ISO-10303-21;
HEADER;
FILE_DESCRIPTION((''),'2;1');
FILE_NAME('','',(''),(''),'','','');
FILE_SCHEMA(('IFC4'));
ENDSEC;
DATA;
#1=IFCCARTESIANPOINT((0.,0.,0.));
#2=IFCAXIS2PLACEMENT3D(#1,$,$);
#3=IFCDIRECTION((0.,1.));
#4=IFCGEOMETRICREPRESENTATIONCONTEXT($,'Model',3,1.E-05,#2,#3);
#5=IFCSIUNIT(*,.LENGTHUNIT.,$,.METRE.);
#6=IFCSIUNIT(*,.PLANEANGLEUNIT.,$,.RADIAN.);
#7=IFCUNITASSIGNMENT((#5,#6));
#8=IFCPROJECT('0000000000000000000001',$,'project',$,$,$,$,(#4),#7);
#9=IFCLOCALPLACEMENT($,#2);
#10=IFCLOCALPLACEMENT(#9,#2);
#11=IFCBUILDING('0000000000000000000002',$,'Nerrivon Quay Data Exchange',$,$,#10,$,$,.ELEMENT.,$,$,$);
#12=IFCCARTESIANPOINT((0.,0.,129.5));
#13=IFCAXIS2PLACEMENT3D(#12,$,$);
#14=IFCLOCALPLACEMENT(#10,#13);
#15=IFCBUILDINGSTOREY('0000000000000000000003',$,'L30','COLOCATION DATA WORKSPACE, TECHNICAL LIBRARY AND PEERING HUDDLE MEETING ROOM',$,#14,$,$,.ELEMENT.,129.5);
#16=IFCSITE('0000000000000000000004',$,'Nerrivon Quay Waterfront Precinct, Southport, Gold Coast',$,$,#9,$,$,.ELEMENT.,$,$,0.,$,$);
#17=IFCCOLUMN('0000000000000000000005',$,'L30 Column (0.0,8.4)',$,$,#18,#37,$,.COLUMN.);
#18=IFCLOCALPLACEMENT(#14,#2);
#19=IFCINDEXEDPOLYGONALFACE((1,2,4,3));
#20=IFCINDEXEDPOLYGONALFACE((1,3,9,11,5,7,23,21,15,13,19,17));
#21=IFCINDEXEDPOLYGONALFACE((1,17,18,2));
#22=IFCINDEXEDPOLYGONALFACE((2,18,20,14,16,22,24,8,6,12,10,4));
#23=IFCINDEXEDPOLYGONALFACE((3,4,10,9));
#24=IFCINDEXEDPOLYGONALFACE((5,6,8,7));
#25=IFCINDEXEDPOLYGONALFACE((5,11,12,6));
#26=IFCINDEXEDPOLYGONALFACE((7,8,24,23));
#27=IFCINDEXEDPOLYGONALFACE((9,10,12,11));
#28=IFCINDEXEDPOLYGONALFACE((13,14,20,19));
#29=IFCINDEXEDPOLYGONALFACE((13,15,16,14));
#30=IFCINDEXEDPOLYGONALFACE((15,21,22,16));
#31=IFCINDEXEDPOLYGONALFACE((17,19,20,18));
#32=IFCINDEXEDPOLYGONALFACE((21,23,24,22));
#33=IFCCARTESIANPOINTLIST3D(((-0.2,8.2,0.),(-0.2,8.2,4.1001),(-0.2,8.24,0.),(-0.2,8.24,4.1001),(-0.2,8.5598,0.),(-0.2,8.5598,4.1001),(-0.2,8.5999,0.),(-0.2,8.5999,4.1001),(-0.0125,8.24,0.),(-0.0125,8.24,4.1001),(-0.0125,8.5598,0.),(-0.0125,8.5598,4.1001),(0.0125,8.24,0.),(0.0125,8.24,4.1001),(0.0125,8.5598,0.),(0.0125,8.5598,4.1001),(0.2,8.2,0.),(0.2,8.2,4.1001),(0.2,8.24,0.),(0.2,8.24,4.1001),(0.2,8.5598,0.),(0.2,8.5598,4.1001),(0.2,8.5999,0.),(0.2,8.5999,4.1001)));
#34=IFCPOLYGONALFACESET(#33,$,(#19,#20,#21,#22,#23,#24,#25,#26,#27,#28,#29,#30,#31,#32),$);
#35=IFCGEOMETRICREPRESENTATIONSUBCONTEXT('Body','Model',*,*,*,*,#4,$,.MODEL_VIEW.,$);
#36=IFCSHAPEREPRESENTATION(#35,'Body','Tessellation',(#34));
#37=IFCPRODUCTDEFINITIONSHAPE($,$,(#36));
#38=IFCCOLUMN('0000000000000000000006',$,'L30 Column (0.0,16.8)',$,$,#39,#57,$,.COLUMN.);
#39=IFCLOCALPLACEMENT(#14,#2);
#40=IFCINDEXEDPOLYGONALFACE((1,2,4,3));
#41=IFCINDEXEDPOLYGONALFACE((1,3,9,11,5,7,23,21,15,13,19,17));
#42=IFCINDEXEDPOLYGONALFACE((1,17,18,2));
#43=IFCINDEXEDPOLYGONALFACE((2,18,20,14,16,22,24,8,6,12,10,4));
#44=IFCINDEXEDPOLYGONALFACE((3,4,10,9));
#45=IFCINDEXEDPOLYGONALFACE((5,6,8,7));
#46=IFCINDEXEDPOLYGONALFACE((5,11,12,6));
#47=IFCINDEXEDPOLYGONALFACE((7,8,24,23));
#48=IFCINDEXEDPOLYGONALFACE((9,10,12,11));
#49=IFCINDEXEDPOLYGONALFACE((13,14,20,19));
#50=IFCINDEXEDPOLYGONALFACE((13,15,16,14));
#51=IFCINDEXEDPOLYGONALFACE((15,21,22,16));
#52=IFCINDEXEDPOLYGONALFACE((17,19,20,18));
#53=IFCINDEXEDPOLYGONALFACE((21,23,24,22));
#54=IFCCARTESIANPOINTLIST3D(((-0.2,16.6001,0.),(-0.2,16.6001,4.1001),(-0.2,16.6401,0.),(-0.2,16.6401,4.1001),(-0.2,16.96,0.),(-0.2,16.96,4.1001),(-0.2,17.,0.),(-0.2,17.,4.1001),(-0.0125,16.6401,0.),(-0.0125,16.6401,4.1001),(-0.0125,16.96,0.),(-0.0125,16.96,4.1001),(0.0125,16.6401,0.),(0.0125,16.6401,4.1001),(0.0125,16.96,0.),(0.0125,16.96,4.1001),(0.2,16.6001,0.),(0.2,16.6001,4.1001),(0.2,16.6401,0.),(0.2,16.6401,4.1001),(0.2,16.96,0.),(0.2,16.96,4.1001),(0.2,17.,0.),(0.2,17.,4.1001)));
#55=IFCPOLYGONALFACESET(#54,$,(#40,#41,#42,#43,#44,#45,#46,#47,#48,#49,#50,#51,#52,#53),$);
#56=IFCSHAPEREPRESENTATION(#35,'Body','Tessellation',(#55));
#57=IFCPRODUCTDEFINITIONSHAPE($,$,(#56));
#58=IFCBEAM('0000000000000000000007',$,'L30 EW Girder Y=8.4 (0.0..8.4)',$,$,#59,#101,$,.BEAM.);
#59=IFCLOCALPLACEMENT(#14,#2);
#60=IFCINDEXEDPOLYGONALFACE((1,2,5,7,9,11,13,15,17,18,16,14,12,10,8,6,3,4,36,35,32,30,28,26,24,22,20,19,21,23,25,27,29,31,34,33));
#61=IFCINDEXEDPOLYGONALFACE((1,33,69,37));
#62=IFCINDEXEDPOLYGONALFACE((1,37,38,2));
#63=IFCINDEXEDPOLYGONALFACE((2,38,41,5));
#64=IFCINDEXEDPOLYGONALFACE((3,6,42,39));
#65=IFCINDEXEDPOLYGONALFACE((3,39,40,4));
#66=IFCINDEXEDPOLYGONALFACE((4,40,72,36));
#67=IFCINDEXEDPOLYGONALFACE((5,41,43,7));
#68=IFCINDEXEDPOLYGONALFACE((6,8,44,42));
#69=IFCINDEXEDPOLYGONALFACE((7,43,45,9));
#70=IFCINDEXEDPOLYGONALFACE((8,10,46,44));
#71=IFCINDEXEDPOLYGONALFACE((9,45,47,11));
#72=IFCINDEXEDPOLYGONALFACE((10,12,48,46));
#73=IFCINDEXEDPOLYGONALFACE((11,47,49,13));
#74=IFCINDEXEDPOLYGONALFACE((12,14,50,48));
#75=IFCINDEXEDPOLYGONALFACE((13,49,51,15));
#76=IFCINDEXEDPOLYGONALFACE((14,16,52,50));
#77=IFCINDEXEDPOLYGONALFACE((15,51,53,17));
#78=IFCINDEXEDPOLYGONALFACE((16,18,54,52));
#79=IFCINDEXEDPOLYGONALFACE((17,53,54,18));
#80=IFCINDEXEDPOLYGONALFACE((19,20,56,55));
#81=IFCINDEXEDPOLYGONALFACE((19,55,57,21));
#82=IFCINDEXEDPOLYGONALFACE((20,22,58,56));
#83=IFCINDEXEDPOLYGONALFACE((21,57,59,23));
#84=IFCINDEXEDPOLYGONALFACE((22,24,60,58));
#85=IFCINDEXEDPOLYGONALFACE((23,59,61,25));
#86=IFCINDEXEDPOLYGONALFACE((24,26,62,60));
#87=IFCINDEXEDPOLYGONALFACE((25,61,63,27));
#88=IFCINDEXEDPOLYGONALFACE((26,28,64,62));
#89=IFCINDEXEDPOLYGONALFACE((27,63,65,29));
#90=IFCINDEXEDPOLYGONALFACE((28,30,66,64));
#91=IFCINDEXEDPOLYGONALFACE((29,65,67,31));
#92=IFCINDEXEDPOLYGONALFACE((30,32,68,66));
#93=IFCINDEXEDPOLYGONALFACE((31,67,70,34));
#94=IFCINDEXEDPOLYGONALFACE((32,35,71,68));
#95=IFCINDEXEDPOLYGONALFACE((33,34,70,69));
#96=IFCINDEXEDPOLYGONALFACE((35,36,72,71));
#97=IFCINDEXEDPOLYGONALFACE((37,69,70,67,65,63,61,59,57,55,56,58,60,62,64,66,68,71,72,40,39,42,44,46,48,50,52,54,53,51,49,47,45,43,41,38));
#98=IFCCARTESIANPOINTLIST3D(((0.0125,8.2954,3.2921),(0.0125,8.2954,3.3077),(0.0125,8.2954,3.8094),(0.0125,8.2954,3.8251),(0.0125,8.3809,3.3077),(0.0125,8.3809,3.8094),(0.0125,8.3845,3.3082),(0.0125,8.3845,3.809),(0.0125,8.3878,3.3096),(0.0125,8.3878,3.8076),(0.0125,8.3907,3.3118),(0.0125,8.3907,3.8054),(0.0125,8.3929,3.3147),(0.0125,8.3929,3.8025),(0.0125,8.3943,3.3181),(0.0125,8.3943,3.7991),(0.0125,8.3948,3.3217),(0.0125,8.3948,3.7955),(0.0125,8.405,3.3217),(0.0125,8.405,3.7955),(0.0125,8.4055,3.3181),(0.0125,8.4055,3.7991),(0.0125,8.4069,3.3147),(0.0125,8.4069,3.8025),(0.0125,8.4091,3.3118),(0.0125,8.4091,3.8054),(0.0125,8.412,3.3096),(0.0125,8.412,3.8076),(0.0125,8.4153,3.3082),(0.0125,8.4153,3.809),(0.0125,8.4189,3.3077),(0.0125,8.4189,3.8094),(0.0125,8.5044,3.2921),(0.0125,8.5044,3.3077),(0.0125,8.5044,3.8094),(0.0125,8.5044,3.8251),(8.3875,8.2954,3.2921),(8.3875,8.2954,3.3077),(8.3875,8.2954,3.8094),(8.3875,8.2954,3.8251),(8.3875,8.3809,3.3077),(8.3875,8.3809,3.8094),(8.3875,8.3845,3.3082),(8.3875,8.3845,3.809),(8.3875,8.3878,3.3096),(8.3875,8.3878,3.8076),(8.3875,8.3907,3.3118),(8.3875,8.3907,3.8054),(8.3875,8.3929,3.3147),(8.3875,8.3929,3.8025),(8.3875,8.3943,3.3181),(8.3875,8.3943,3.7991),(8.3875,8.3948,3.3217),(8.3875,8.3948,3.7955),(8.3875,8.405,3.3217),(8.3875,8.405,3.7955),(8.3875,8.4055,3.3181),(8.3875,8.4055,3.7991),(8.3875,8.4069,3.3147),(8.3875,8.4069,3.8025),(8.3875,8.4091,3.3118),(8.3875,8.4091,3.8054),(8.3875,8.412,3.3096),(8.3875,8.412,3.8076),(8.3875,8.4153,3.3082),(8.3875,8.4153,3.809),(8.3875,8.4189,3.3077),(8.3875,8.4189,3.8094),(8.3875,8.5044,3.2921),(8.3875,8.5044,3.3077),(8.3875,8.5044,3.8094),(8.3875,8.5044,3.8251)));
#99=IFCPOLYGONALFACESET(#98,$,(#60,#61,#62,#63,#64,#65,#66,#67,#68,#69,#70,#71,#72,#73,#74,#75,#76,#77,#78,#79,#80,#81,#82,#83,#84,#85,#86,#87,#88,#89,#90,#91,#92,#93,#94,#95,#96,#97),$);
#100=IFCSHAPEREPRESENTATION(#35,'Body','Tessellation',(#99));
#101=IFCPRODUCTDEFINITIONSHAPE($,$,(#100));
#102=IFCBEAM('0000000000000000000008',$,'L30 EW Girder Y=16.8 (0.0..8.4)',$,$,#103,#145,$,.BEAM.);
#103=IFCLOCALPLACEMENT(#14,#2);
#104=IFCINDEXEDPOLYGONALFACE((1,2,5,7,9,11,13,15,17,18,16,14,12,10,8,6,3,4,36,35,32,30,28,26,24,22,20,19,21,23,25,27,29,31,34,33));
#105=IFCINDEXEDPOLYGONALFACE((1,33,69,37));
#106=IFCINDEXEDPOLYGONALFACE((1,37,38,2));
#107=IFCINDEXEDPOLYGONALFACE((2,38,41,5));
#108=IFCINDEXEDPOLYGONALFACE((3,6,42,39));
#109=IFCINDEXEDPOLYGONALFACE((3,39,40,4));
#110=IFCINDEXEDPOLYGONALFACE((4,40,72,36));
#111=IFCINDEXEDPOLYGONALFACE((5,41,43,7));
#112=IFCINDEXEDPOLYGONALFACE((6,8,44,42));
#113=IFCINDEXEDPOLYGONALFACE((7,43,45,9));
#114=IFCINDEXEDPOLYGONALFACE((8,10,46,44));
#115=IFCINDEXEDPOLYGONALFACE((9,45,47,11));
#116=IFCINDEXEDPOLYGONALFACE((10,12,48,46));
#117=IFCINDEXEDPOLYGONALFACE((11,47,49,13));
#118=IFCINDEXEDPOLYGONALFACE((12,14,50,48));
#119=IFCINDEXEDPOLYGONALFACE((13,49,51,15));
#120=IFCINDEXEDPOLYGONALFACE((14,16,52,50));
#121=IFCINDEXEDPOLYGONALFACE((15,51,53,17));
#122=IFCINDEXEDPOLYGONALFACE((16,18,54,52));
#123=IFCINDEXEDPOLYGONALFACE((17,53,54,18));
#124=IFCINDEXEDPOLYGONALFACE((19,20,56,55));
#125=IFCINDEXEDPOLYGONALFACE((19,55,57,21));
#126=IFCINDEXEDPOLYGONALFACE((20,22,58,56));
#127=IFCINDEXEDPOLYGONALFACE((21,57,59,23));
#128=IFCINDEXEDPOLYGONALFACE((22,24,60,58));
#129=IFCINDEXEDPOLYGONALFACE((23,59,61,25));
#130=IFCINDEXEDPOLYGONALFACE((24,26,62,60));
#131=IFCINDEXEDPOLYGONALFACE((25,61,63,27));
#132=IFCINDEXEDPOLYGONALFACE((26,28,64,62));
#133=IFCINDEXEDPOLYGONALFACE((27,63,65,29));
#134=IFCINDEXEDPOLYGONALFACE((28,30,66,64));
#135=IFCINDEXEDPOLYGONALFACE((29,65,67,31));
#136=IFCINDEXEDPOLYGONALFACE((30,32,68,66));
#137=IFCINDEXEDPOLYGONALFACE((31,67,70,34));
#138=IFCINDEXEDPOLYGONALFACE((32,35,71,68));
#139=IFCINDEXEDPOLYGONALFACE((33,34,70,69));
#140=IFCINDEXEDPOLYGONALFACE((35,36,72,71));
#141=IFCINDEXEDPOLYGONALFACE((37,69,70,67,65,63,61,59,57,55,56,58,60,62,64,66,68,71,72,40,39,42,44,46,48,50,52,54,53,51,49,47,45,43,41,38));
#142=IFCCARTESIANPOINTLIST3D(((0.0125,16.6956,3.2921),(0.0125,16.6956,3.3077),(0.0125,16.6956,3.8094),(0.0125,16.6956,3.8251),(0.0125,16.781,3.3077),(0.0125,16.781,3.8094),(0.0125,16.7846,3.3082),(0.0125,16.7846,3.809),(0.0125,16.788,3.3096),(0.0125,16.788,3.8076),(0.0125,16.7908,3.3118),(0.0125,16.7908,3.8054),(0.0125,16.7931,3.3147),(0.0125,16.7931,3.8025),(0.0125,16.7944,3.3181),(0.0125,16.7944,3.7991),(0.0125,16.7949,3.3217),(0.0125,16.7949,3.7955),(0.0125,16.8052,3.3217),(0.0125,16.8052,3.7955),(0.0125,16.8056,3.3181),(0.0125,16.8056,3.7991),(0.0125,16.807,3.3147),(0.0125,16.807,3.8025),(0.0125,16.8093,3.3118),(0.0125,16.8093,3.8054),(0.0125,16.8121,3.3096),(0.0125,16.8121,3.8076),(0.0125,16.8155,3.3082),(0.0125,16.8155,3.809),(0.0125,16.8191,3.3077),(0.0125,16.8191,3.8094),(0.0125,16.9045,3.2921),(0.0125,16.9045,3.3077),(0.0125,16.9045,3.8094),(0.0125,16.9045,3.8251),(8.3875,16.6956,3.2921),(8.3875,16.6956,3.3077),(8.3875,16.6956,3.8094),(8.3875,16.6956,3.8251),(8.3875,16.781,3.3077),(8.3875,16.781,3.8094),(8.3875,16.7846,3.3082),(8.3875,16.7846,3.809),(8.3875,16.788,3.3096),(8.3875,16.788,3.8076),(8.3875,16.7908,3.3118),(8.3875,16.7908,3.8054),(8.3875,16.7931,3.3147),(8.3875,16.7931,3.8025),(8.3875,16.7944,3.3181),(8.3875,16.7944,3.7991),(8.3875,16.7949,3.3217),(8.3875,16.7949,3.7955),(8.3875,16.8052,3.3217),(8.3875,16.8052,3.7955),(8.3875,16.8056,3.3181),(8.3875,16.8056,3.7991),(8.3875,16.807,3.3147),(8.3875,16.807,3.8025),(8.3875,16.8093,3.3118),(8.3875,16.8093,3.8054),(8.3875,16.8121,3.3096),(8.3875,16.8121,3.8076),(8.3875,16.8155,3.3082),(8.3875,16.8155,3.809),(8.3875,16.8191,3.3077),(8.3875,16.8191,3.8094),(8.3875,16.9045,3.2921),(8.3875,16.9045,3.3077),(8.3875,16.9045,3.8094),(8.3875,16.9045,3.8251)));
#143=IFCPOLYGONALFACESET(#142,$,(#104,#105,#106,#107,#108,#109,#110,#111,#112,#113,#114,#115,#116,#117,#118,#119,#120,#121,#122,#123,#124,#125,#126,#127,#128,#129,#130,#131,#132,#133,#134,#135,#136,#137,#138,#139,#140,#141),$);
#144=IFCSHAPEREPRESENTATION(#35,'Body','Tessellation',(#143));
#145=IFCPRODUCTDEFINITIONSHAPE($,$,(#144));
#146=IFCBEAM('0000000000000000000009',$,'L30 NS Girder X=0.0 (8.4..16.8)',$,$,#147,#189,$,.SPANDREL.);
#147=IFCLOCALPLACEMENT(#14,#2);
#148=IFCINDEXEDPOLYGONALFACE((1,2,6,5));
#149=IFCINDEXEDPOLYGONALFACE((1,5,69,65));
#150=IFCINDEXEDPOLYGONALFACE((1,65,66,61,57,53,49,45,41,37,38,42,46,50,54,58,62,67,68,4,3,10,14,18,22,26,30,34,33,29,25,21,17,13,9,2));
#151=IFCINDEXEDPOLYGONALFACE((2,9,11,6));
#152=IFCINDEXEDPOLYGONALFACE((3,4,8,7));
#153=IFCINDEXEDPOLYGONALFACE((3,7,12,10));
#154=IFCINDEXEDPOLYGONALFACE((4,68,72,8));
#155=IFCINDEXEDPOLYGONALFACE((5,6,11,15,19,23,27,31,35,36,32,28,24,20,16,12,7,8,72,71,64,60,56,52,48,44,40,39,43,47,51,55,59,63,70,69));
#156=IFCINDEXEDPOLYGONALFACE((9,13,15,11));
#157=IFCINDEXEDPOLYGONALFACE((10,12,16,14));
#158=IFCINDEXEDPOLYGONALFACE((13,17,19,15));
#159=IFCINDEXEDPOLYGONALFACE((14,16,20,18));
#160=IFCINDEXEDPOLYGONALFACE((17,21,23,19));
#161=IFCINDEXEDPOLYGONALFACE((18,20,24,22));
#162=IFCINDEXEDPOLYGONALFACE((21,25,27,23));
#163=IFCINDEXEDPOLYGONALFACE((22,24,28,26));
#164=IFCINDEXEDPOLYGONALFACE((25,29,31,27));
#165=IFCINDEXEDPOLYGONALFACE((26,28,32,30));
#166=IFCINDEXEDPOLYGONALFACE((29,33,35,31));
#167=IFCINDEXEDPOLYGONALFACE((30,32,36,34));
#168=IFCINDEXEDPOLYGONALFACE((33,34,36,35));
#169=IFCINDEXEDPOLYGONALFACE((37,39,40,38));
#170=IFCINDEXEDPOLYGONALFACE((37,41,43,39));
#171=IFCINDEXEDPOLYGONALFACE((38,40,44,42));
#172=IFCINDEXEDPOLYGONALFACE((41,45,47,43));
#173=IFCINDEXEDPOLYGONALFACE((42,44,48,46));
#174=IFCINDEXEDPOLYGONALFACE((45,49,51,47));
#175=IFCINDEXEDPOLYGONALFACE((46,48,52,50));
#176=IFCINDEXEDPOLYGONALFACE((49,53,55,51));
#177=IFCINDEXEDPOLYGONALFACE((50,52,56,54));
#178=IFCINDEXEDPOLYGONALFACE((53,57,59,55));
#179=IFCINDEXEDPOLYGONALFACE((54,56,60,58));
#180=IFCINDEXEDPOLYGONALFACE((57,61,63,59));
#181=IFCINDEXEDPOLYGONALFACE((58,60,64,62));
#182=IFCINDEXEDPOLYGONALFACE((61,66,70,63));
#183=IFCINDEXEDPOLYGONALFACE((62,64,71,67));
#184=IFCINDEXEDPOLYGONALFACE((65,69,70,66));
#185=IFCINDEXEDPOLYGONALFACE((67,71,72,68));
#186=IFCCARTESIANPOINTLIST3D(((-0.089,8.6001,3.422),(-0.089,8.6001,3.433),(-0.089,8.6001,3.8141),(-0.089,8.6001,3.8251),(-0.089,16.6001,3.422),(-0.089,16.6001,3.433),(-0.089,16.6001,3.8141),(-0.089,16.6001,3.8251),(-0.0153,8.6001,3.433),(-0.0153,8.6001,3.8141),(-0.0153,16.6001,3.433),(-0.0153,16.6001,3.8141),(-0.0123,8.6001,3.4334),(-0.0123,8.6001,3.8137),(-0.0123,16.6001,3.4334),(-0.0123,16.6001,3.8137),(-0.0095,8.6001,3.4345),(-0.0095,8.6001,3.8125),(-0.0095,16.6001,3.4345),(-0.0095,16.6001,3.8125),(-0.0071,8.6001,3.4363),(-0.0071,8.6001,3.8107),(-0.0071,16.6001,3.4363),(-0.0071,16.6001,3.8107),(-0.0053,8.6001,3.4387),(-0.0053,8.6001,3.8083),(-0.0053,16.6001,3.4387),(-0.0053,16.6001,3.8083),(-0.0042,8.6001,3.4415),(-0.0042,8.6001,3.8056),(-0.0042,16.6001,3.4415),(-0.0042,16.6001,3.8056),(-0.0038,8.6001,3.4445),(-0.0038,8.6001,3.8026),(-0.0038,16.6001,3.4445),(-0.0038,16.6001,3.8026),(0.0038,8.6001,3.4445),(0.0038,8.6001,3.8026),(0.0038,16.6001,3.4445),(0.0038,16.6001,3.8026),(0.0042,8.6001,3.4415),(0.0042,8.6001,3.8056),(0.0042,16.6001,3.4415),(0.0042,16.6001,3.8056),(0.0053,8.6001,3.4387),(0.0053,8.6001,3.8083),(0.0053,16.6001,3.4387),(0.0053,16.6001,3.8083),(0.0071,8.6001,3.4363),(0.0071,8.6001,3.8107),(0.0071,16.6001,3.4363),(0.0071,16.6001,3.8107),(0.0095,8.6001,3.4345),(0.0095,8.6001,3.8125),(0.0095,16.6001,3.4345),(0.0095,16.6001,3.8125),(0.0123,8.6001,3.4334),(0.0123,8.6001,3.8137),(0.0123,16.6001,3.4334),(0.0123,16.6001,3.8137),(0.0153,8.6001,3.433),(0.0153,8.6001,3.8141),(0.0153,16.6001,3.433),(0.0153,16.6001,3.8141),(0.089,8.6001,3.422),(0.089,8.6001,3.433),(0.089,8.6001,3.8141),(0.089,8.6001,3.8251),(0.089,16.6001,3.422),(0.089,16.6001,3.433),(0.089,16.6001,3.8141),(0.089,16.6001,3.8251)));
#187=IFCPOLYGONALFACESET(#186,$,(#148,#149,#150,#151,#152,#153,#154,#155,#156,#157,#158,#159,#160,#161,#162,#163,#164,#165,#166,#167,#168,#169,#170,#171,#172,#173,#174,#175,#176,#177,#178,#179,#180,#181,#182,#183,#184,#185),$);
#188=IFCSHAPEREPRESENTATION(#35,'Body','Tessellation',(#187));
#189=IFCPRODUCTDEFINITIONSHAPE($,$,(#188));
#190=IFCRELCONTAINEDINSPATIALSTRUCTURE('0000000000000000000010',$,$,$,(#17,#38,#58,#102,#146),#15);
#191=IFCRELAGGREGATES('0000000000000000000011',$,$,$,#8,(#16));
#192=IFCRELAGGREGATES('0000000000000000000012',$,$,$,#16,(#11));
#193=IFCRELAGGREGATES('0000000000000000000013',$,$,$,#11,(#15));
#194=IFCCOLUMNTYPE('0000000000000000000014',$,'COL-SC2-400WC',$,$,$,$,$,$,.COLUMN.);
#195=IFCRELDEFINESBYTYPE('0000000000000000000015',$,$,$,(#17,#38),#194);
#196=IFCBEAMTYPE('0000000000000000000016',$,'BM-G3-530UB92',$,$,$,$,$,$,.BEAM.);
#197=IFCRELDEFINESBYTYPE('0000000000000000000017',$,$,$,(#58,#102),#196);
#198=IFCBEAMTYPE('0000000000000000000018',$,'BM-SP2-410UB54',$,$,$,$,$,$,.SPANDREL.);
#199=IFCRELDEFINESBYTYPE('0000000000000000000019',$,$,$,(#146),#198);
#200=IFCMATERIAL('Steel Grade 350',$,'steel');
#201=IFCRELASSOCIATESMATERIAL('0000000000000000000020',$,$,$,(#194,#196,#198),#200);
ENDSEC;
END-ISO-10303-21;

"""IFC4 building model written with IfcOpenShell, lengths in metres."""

from ifc_helpers import new_model, si_unit, direction, frame, origin, origin_2d, place, context, subcontext, project, spatial, i_section, extrude, material, material_profile, profile_set, type_object, element, save


model = new_model("IFC4")

# Units and contexts
model_context = context("Model", 3, precision=1e-05, world=origin(), true_north=direction((0.0, 1.0)))
body_context = subcontext(model_context, "Body", "Model", "MODEL_VIEW")
ifc_project = project(units=[si_unit("LENGTHUNIT", "METRE"), si_unit("PLANEANGLEUNIT", "RADIAN")], contexts=[model_context])

# Site, building, storey
site_placement = place(None, origin())
site = spatial("IfcSite", under=ifc_project, at=site_placement, Name="Nerrivon Quay Waterfront Precinct, Southport, Gold Coast", CompositionType="ELEMENT", RefElevation=0.0)
building_placement = place(site_placement, origin())
building = spatial("IfcBuilding", under=site, at=building_placement, Name="Nerrivon Quay Data Exchange", CompositionType="ELEMENT")
storey_placement = place(building_placement, frame((0.0, 0.0, 129.5)))
storey = spatial("IfcBuildingStorey", under=building, at=storey_placement, Name="L30", Description="COLOCATION DATA WORKSPACE, TECHNICAL LIBRARY AND PEERING HUDDLE MEETING ROOM", CompositionType="ELEMENT", Elevation=129.5)

# Columns
ifc_material_1 = material(Name="Steel Grade 350", Category="steel")
ifc_material_profile_1 = material_profile(ifc_material_1, i_section(OverallWidth=0.3999, OverallDepth=0.3999, WebThickness=0.0249, FlangeThickness=0.04, at=origin_2d()), Name="400WC328")
ifc_profile_set_1 = profile_set([ifc_material_profile_1], Name="Steel Grade 350")
column_type = type_object("IfcColumnType", Name="COL-SC2-400WC", PredefinedType="COLUMN", material=ifc_profile_set_1)
for number, where, z_axis, x_axis, name in (
    (1, (0.0, 8.3999, 0.0), (0.0, 0.0, 1.0), (1.0, 0.0, 0.0), "L30 Column (0.0,8.4)"),
    (2, (0.0, 16.8, 0.0), (0.0, 0.0, 1.0), (1.0, 0.0, 0.0), "L30 Column (0.0,16.8)"),
):
    element("IfcColumn", number, at=place(storey_placement, frame(where, z_axis=z_axis, x_axis=x_axis)), inside=storey, type_object=column_type, Name=name, PredefinedType="COLUMN", context=body_context, shape_type="SweptSolid", body=[
        extrude(i_section(OverallWidth=0.3999, OverallDepth=0.3999, WebThickness=0.0249, FlangeThickness=0.04, at=origin_2d()), origin(), (0.0, 0.0, 1.0), 4.1001),
    ])

# Beams
ifc_material_profile_2 = material_profile(ifc_material_1, i_section(OverallWidth=0.209, OverallDepth=0.533, WebThickness=0.0103, FlangeThickness=0.0156, FilletRadius=0.0139, at=origin_2d()), Name="530UB92.4")
ifc_profile_set_2 = profile_set([ifc_material_profile_2], Name="Steel Grade 350")
beam_type_1 = type_object("IfcBeamType", Name="BM-G3-530UB92", PredefinedType="BEAM", material=ifc_profile_set_2)
for number, where, z_axis, x_axis, name in (
    (3, (0.0125, 8.3999, 3.5586), (1.0, 0.0, 0.0), (0.0, 1.0, 0.0), "L30 EW Girder Y=8.4 (0.0..8.4)"),
    (4, (0.0125, 16.8, 3.5586), (1.0, 0.0, 0.0), (0.0, 1.0, 0.0), "L30 EW Girder Y=16.8 (0.0..8.4)"),
):
    element("IfcBeam", number, at=place(storey_placement, frame(where, z_axis=z_axis, x_axis=x_axis)), inside=storey, type_object=beam_type_1, Name=name, PredefinedType="BEAM", context=body_context, shape_type="SweptSolid", body=[
        extrude(i_section(OverallWidth=0.209, OverallDepth=0.533, WebThickness=0.0103, FlangeThickness=0.0156, FilletRadius=0.0139, at=origin_2d()), origin(), (0.0, 0.0, 1.0), 8.375),
    ])
ifc_material_profile_3 = material_profile(ifc_material_1, i_section(OverallWidth=0.178, OverallDepth=0.4031, WebThickness=0.0076, FlangeThickness=0.011, FilletRadius=0.0115, at=origin_2d()), Name="410UB53.7")
ifc_profile_set_3 = profile_set([ifc_material_profile_3], Name="Steel Grade 350")
beam_type_2 = type_object("IfcBeamType", Name="BM-SP2-410UB54", PredefinedType="SPANDREL", material=ifc_profile_set_3)
beam_placement = place(storey_placement, frame((0.0, 8.6001, 3.6235), z_axis=(0.0, 1.0, 0.0), x_axis=(-1.0, 0.0, 0.0)))
element("IfcBeam", 5, at=beam_placement, inside=storey, type_object=beam_type_2, Name="L30 NS Girder X=0.0 (8.4..16.8)", PredefinedType="SPANDREL", context=body_context, shape_type="SweptSolid", body=[
    extrude(i_section(OverallWidth=0.178, OverallDepth=0.4031, WebThickness=0.0076, FlangeThickness=0.011, FilletRadius=0.0115, at=origin_2d()), origin(), (0.0, 0.0, 1.0), 8.0),
])

save(model, "model.ifc")
